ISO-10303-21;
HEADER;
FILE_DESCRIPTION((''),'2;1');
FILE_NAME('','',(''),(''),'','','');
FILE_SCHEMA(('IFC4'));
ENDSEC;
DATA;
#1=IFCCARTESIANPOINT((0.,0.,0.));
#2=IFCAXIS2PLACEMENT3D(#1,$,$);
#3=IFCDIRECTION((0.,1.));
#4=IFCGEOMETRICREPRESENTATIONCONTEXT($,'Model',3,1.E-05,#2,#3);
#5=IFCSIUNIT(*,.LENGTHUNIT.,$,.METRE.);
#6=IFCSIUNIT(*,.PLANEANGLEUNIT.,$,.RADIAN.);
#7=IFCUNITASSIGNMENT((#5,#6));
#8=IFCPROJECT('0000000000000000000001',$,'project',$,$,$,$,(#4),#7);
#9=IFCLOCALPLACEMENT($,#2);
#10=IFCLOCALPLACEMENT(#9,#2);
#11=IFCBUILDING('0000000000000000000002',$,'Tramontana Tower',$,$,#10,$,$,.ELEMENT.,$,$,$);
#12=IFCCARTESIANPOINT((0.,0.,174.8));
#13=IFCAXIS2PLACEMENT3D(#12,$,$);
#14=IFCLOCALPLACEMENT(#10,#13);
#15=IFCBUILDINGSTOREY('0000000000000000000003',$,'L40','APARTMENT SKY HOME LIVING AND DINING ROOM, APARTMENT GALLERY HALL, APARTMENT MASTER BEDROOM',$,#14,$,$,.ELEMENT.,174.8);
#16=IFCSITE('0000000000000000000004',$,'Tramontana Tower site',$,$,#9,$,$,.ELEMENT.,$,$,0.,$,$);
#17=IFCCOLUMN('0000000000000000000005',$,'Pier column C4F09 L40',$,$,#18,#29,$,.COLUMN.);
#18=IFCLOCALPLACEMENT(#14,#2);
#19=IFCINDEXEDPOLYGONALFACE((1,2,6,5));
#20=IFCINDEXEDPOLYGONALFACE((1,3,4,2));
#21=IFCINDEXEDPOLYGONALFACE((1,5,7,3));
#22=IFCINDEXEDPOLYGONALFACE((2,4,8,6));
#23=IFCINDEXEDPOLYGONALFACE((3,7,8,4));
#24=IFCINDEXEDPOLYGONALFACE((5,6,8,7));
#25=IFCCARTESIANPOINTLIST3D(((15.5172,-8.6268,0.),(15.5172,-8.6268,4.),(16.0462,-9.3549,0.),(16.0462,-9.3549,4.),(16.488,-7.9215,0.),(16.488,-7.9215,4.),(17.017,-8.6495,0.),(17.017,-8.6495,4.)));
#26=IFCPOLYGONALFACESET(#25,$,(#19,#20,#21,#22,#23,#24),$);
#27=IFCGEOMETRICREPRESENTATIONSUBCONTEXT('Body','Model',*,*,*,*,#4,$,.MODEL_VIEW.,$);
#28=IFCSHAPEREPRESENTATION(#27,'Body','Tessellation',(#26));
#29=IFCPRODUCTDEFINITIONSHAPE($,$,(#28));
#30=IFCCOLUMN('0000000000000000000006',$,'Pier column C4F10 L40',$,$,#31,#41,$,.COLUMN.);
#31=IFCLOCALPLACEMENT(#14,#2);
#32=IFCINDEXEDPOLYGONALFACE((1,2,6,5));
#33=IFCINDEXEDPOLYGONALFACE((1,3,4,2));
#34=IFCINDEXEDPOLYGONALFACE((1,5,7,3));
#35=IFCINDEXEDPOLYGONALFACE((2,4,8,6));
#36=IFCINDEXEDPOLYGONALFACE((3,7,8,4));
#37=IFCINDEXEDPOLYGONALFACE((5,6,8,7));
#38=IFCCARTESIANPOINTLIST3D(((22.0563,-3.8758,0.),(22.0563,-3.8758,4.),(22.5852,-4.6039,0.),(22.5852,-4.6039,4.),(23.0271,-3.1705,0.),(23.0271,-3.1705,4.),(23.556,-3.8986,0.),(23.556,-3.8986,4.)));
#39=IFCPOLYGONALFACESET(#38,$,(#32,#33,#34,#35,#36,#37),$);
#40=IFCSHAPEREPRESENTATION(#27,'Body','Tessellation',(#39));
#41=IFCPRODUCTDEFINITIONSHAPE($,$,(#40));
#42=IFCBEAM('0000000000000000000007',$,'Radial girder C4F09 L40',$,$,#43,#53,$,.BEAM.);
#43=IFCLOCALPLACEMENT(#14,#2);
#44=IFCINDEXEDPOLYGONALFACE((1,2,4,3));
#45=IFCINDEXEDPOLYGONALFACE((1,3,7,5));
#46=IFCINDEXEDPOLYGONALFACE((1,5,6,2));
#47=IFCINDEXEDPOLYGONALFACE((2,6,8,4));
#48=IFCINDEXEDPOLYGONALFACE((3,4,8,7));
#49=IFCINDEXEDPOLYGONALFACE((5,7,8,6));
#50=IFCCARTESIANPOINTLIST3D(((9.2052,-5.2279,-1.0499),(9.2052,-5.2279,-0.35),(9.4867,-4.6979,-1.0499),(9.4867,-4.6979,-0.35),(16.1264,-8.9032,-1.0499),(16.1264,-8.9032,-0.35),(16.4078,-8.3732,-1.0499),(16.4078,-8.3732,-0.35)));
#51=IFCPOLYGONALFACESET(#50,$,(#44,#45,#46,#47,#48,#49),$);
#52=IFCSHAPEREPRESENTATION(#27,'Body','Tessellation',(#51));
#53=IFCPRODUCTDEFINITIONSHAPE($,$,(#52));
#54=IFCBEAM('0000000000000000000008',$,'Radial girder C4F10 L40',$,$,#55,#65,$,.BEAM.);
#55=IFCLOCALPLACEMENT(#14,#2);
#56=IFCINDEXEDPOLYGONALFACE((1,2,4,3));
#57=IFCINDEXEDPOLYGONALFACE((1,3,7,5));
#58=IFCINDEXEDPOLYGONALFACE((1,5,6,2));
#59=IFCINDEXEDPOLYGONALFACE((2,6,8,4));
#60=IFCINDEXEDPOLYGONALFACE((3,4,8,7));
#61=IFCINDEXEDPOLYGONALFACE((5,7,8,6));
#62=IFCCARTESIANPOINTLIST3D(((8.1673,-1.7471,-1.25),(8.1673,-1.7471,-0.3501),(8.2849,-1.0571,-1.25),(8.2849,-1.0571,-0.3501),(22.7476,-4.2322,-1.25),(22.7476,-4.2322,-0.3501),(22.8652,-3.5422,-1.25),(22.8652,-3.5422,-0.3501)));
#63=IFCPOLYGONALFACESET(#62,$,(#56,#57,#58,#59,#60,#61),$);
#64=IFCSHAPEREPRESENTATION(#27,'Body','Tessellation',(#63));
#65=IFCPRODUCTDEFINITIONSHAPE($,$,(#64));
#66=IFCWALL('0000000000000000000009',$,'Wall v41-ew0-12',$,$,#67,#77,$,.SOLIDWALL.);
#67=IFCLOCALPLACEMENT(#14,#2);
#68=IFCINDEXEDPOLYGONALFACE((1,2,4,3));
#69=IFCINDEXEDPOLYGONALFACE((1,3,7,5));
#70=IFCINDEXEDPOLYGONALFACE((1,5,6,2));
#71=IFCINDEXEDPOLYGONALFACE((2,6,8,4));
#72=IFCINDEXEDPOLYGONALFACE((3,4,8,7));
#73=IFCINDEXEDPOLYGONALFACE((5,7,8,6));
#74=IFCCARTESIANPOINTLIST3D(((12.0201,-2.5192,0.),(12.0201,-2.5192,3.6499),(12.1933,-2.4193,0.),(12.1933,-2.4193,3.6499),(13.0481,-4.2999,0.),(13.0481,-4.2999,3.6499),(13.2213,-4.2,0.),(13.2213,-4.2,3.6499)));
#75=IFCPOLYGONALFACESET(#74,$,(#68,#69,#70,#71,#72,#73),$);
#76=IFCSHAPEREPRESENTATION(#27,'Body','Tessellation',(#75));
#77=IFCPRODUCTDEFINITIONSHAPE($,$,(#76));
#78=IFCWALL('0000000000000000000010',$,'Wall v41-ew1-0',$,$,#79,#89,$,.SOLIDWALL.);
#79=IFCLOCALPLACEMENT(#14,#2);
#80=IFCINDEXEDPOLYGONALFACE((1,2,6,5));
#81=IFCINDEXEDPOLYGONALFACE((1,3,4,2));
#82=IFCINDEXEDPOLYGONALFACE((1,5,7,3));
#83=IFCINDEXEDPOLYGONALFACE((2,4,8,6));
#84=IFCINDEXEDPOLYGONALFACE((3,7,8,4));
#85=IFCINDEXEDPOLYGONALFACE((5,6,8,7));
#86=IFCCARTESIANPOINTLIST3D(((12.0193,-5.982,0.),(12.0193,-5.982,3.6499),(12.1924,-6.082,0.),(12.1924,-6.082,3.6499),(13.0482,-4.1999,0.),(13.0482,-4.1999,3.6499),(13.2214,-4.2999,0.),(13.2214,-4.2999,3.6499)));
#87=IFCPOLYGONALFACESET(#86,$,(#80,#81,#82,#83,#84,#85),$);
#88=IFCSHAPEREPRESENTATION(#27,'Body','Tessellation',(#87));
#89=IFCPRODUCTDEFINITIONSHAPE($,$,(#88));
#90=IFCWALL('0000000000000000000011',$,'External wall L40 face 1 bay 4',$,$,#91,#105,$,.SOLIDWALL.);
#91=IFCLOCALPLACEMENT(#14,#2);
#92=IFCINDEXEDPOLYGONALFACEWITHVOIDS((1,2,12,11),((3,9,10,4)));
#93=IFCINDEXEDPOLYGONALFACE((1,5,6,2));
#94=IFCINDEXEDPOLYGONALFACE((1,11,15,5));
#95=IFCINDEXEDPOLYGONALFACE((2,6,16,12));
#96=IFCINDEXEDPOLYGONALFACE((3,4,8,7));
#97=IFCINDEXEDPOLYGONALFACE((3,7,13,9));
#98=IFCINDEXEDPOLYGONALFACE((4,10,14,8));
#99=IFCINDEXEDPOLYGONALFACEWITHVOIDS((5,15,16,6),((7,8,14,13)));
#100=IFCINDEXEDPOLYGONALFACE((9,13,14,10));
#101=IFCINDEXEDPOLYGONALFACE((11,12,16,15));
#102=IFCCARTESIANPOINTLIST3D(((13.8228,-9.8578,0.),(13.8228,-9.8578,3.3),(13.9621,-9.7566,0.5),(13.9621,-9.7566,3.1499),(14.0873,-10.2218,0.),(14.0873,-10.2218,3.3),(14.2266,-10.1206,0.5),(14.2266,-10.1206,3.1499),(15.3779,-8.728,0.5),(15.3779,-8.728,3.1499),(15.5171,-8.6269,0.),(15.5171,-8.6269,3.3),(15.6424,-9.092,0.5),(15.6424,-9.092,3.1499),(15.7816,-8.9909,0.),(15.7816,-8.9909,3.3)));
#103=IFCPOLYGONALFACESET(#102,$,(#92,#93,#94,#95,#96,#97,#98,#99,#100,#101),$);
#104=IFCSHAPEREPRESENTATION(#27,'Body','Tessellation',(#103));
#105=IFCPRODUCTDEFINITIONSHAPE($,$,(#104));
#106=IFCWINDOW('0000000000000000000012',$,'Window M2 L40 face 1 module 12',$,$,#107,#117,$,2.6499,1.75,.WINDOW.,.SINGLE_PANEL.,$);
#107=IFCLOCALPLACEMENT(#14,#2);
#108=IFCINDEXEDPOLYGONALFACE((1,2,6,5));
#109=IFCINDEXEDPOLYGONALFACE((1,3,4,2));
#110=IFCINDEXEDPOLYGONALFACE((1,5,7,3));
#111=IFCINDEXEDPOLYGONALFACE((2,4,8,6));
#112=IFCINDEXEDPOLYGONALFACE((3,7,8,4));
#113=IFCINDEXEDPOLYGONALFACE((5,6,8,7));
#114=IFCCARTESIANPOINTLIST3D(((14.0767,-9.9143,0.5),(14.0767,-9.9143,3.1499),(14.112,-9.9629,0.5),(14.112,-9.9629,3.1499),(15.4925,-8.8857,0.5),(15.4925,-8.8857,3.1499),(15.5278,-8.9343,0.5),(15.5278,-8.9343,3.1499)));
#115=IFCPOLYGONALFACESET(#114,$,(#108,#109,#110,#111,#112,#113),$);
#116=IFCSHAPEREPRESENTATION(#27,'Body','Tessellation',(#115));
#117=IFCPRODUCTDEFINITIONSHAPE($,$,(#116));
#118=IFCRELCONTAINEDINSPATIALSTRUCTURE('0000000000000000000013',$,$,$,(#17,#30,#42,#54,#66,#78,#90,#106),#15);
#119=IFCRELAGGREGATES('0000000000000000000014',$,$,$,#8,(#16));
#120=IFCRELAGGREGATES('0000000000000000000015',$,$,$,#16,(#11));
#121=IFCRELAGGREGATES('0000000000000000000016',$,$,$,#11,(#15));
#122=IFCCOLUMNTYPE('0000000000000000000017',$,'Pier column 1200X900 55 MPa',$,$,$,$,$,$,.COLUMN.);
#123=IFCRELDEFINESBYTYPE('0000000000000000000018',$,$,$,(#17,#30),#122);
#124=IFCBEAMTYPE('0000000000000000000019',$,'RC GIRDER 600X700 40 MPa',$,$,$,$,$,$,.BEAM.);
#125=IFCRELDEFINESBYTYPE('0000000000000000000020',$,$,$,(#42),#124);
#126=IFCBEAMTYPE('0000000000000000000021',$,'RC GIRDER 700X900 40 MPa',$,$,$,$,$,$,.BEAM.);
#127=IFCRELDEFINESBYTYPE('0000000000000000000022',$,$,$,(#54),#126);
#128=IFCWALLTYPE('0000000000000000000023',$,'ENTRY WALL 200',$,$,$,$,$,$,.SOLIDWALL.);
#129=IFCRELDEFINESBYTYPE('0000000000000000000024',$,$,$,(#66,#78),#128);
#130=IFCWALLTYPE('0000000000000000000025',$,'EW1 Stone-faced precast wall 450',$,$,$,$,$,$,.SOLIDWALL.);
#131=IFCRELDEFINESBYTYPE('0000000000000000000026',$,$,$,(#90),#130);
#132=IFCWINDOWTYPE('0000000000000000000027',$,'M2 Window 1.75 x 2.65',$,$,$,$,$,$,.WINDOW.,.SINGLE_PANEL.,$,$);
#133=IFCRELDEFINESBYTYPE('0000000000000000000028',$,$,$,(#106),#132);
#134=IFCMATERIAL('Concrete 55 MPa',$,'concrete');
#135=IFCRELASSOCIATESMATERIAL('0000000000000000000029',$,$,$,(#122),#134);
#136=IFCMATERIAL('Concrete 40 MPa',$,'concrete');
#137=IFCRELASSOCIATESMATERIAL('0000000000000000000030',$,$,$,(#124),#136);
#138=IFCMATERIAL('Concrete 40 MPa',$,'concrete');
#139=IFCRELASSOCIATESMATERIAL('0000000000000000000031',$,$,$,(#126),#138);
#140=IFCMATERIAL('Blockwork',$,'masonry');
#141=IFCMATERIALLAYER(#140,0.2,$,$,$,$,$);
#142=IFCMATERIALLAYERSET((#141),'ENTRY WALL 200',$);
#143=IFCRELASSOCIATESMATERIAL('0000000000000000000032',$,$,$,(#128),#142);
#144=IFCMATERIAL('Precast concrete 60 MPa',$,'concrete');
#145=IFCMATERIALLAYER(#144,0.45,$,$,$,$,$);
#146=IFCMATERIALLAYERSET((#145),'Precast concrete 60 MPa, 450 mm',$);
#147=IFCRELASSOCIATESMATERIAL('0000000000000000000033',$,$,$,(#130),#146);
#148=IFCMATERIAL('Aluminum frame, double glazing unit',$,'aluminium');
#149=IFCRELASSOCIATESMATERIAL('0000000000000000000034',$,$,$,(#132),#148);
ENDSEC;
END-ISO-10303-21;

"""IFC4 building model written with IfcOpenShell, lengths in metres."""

from ifc_helpers import new_model, si_unit, direction, frame, frame_2d, origin, origin_2d, place, context, subcontext, project, spatial, rectangle, extrude, material, layer, layer_set, material_profile, profile_set, type_object, element, fill, save


model = new_model("IFC4")

# Units and contexts
model_context = context("Model", 3, precision=1e-05, world=origin(), true_north=direction((0.0, 1.0)))
body_context = subcontext(model_context, "Body", "Model", "MODEL_VIEW")
ifc_project = project(units=[si_unit("LENGTHUNIT", "METRE"), si_unit("PLANEANGLEUNIT", "RADIAN")], contexts=[model_context])

# Site, building, storey
site_placement = place(None, origin())
site = spatial("IfcSite", under=ifc_project, at=site_placement, Name="Tramontana Tower site", CompositionType="ELEMENT", RefElevation=0.0)
building_placement = place(site_placement, origin())
building = spatial("IfcBuilding", under=site, at=building_placement, Name="Tramontana Tower", CompositionType="ELEMENT")
storey_placement = place(building_placement, frame((0.0, 0.0, 174.8)))
storey = spatial("IfcBuildingStorey", under=building, at=storey_placement, Name="L40", Description="APARTMENT SKY HOME LIVING AND DINING ROOM, APARTMENT GALLERY HALL, APARTMENT MASTER BEDROOM", CompositionType="ELEMENT", Elevation=174.8)

# Columns
ifc_material_1 = material(Name="Concrete 55 MPa", Category="concrete")
ifc_material_profile_1 = material_profile(ifc_material_1, rectangle(XDim=1.2, YDim=0.8999, at=origin_2d()), Name="Pier column 1200X900 55 MPa")
ifc_profile_set_1 = profile_set([ifc_material_profile_1], Name="Concrete 55 MPa")
column_type = type_object("IfcColumnType", Name="Pier column 1200X900 55 MPa", PredefinedType="COLUMN", material=ifc_profile_set_1)
for number, where, z_axis, x_axis, name in (
    (1, (16.2671, -8.6382, 0.0), (0.0, 0.0, 1.0), (0.809017, 0.587785, 0.0), "Pier column C4F09 L40"),
    (2, (22.8062, -3.8872, 0.0), (0.0, 0.0, 1.0), (0.809017, 0.587785, 0.0), "Pier column C4F10 L40"),
):
    element("IfcColumn", number, at=place(storey_placement, frame(where, z_axis=z_axis, x_axis=x_axis)), inside=storey, type_object=column_type, Name=name, PredefinedType="COLUMN", context=body_context, shape_type="SweptSolid", body=[
        extrude(rectangle(XDim=1.2, YDim=0.8999, at=origin_2d()), origin(), (0.0, 0.0, 1.0), 4.0),
    ])

# Beams
ifc_material_2 = material(Name="Concrete 40 MPa", Category="concrete")
ifc_material_profile_2 = material_profile(ifc_material_2, rectangle(XDim=0.6001, YDim=0.7, at=origin_2d()), Name="RC GIRDER 600X700 40 MPa")
ifc_profile_set_2 = profile_set([ifc_material_profile_2], Name="Concrete 40 MPa")
beam_type_1 = type_object("IfcBeamType", Name="RC GIRDER 600X700 40 MPa", PredefinedType="BEAM", material=ifc_profile_set_2)
beam_1_placement = place(storey_placement, frame((16.2671, -8.6382, -0.7), z_axis=(-0.883198, 0.469, 0.0), x_axis=(-0.469, -0.883198, 0.0)))
element("IfcBeam", 3, at=beam_1_placement, inside=storey, type_object=beam_type_1, Name="Radial girder C4F09 L40", PredefinedType="BEAM", context=body_context, shape_type="SweptSolid", body=[
    extrude(rectangle(XDim=0.6001, YDim=0.7, at=origin_2d()), origin(), (0.0, 0.0, 1.0), 7.8364),
])
ifc_material_3 = material(Name="Concrete 40 MPa", Category="concrete")
ifc_material_profile_3 = material_profile(ifc_material_3, rectangle(XDim=0.7, YDim=0.8999, at=origin_2d()), Name="RC GIRDER 700X900 40 MPa")
ifc_profile_set_3 = profile_set([ifc_material_profile_3], Name="Concrete 40 MPa")
beam_type_2 = type_object("IfcBeamType", Name="RC GIRDER 700X900 40 MPa", PredefinedType="BEAM", material=ifc_profile_set_3)
beam_2_placement = place(storey_placement, frame((22.8064, -3.8872, -0.8), z_axis=(-0.985784, 0.168019, 0.0), x_axis=(-0.168019, -0.985784, 0.0)))
element("IfcBeam", 4, at=beam_2_placement, inside=storey, type_object=beam_type_2, Name="Radial girder C4F10 L40", PredefinedType="BEAM", context=body_context, shape_type="SweptSolid", body=[
    extrude(rectangle(XDim=0.7, YDim=0.8999, at=origin_2d()), origin(), (0.0, 0.0, 1.0), 14.7905),
])

# Walls
ifc_material_4 = material(Name="Blockwork", Category="masonry")
ifc_layer_1 = layer(ifc_material_4, 0.2)
ifc_layer_set_1 = layer_set([ifc_layer_1], Name="ENTRY WALL 200")
wall_type_1 = type_object("IfcWallType", Name="ENTRY WALL 200", PredefinedType="SOLIDWALL", material=ifc_layer_set_1)
wall_1_placement = place(storey_placement, frame((12.1067, -2.4692, 0.0), z_axis=(0.0, 0.0, 1.0), x_axis=(0.499983, -0.866035, 0.0)))
element("IfcWall", 5, at=wall_1_placement, inside=storey, type_object=wall_type_1, Name="Wall v41-ew0-12", PredefinedType="SOLIDWALL", context=body_context, shape_type="SweptSolid", body=[
    extrude(rectangle(XDim=2.0562, YDim=0.2, at=frame_2d((1.0281, 0.0))), origin(), (0.0, 0.0, 1.0), 3.6499),
])
wall_2_placement = place(storey_placement, frame((13.1348, -4.25, 0.0), z_axis=(0.0, 0.0, 1.0), x_axis=(-0.500031, -0.866008, 0.0)))
element("IfcWall", 6, at=wall_2_placement, inside=storey, type_object=wall_type_1, Name="Wall v41-ew1-0", PredefinedType="SOLIDWALL", context=body_context, shape_type="SweptSolid", body=[
    extrude(rectangle(XDim=2.0579, YDim=0.2, at=frame_2d((1.0288, 0.0))), origin(), (0.0, 0.0, 1.0), 3.6499),
])

# Wall, opening, window
ifc_material_5 = material(Name="Precast concrete 60 MPa", Category="concrete")
ifc_layer_2 = layer(ifc_material_5, 0.45)
ifc_layer_set_2 = layer_set([ifc_layer_2], Name="Precast concrete 60 MPa, 450 mm")
wall_type_2 = type_object("IfcWallType", Name="EW1 Stone-faced precast wall 450", PredefinedType="SOLIDWALL", material=ifc_layer_set_2)
wall_3_placement = place(storey_placement, frame((13.9551, -10.0398, 0.0), z_axis=(0.0, 0.0, 1.0), x_axis=(0.809028, 0.58777, 0.0)))
wall_3 = element("IfcWall", 7, at=wall_3_placement, inside=storey, type_object=wall_type_2, Name="External wall L40 face 1 bay 4", PredefinedType="SOLIDWALL", context=body_context, shape_type="SweptSolid", body=[
    extrude(rectangle(XDim=2.0942, YDim=0.45, at=frame_2d((1.0471, 0.0))), origin(), (0.0, 0.0, 1.0), 3.3),
])
opening_1_placement = place(wall_3_placement, frame((0.1721, 0.0, 0.5)))
opening_1 = element("IfcOpeningElement", 8, at=opening_1_placement, cuts=wall_3, PredefinedType="OPENING", context=body_context, shape_type="SweptSolid", body=[
    extrude(rectangle(XDim=1.75, YDim=2.6499, at=frame_2d((0.875, 1.325))), frame((0.0, 0.2349, 0.0), z_axis=(0.0, -1.0, 0.0), x_axis=(1.0, 0.0, 0.0)), (0.0, 0.0, 1.0), 0.47),
])
ifc_material_6 = material(Name="Aluminum frame, double glazing unit", Category="aluminium")
window_type_1 = type_object("IfcWindowType", Name="M2 Window 1.75 x 2.65", PartitioningType="SINGLE_PANEL", PredefinedType="WINDOW", material=ifc_material_6)
window_1_placement = place(opening_1_placement, origin())
window_1 = element("IfcWindow", 9, at=window_1_placement, inside=storey, type_object=window_type_1, Name="Window M2 L40 face 1 module 12", OverallHeight=2.6499, OverallWidth=1.75, PartitioningType="SINGLE_PANEL", PredefinedType="WINDOW", context=body_context, shape_type="SweptSolid", body=[
    extrude(rectangle(XDim=1.75, YDim=2.6499, at=frame_2d((0.875, 1.325))), frame((0.0, 0.03, 0.0), z_axis=(0.0, -1.0, 0.0), x_axis=(1.0, 0.0, 0.0)), (0.0, 0.0, 1.0), 0.0601),
])
fill(opening_1, window_1)

save(model, "model.ifc")
